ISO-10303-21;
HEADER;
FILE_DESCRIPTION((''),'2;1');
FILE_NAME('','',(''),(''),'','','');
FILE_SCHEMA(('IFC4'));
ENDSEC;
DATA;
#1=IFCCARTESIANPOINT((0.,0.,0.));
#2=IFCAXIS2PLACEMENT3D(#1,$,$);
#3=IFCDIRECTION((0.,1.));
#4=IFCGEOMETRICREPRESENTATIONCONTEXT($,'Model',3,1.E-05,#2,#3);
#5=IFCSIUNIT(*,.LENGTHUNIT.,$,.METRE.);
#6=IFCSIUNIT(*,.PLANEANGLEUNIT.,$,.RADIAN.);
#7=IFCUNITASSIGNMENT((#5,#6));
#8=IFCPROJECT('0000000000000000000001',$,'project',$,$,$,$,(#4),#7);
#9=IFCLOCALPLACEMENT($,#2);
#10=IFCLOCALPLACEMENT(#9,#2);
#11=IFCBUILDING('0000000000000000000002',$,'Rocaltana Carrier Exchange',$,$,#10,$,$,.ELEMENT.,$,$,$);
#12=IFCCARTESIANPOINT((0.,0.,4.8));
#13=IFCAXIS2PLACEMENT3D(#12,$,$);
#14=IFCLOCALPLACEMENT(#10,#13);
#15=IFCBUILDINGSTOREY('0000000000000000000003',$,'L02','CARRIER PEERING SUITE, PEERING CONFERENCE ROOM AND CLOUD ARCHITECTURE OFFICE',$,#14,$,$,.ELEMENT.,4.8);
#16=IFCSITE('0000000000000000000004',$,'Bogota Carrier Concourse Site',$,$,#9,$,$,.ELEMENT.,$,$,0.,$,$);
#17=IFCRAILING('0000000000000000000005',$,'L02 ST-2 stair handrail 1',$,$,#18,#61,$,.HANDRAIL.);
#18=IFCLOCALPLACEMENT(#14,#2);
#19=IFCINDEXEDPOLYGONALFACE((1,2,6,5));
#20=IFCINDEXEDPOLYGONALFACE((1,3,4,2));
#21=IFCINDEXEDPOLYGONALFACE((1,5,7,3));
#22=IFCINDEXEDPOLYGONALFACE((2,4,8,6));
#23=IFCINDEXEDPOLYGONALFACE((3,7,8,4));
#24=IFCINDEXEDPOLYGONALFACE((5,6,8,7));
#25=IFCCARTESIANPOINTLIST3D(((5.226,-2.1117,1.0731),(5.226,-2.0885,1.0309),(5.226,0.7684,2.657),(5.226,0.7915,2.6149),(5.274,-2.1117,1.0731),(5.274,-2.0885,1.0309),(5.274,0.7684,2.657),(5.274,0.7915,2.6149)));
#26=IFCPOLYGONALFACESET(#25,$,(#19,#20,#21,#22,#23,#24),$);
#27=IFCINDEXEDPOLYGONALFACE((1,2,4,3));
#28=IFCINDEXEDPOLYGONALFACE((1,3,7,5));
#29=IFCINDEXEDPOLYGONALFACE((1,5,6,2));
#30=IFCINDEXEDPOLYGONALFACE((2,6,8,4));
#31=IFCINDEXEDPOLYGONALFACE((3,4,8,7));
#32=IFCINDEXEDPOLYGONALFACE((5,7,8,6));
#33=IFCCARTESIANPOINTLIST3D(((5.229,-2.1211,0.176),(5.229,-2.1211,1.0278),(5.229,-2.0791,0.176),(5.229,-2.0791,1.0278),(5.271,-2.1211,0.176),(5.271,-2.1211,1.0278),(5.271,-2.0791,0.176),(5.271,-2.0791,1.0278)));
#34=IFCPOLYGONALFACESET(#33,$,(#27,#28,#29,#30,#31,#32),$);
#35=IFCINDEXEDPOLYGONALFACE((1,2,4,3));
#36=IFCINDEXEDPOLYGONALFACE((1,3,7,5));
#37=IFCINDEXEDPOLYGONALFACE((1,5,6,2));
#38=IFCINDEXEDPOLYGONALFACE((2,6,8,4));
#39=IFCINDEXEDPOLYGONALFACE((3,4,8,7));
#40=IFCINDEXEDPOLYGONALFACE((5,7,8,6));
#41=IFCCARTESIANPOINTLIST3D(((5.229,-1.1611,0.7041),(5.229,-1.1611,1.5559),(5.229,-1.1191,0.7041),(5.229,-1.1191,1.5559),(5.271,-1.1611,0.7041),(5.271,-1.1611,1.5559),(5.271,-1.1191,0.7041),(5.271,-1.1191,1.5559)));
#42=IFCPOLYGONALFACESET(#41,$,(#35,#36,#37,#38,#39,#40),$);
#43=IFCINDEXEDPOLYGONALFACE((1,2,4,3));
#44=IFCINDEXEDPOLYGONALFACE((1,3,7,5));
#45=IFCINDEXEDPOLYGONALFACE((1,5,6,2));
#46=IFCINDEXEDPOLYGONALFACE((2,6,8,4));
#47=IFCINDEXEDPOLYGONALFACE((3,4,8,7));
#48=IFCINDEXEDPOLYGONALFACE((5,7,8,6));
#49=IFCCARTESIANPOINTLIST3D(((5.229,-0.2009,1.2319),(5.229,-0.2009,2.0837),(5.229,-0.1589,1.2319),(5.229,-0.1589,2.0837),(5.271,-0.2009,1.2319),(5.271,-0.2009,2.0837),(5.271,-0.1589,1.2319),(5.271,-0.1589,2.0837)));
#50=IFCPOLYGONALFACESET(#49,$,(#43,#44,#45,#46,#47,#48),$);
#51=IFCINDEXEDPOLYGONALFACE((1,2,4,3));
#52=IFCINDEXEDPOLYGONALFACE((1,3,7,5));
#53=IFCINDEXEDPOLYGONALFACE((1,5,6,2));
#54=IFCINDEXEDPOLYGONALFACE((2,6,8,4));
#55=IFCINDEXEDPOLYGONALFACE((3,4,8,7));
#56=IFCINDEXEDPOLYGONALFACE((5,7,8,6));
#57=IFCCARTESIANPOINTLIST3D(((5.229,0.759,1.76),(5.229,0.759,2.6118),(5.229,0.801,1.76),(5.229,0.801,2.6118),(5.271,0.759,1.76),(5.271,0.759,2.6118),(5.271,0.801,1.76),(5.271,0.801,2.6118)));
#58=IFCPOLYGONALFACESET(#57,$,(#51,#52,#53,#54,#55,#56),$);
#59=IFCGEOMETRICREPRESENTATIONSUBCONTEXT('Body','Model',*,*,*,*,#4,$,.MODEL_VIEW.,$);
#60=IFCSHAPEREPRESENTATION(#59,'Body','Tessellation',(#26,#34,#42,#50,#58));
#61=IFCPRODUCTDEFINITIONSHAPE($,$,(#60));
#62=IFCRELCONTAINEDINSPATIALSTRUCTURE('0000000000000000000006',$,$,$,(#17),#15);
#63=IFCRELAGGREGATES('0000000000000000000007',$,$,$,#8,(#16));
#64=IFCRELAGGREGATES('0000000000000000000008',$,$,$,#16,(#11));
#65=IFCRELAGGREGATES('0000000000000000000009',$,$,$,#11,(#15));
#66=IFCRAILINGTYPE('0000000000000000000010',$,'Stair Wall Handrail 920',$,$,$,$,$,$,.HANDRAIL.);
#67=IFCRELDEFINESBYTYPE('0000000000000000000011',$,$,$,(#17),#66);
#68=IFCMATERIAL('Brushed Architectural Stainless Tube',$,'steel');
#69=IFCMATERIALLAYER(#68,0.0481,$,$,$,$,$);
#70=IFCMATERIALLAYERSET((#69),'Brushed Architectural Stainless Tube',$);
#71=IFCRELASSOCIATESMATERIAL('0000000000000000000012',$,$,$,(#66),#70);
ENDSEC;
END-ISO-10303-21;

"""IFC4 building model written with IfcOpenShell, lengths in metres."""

from ifc_helpers import new_model, si_unit, direction, frame, origin, origin_2d, place, context, subcontext, project, spatial, rectangle, extrude, material, layer, layer_set, type_object, element, save


model = new_model("IFC4")

# Units and contexts
model_context = context("Model", 3, precision=1e-05, world=origin(), true_north=direction((0.0, 1.0)))
body_context = subcontext(model_context, "Body", "Model", "MODEL_VIEW")
ifc_project = project(units=[si_unit("LENGTHUNIT", "METRE"), si_unit("PLANEANGLEUNIT", "RADIAN")], contexts=[model_context])

# Site, building, storey
site_placement = place(None, origin())
site = spatial("IfcSite", under=ifc_project, at=site_placement, Name="Bogota Carrier Concourse Site", CompositionType="ELEMENT", RefElevation=0.0)
building_placement = place(site_placement, origin())
building = spatial("IfcBuilding", under=site, at=building_placement, Name="Rocaltana Carrier Exchange", CompositionType="ELEMENT")
storey_placement = place(building_placement, frame((0.0, 0.0, 4.8)))
storey = spatial("IfcBuildingStorey", under=building, at=storey_placement, Name="L02", Description="CARRIER PEERING SUITE, PEERING CONFERENCE ROOM AND CLOUD ARCHITECTURE OFFICE", CompositionType="ELEMENT", Elevation=4.8)

# Railing
ifc_material_1 = material(Name="Brushed Architectural Stainless Tube", Category="steel")
ifc_layer_1 = layer(ifc_material_1, 0.0481)
ifc_layer_set_1 = layer_set([ifc_layer_1], Name="Brushed Architectural Stainless Tube")
railing_type = type_object("IfcRailingType", Name="Stair Wall Handrail 920", PredefinedType="HANDRAIL", material=ifc_layer_set_1)
railing_placement = place(storey_placement, frame((5.25, -2.1001, 0.176)))
element("IfcRailing", 1, at=railing_placement, inside=storey, type_object=railing_type, Name="L02 ST-2 stair handrail 1", PredefinedType="HANDRAIL", context=body_context, shape_type="SweptSolid", body=[
    extrude(rectangle(XDim=0.0481, YDim=0.0481, at=origin_2d()), frame((0.0, 0.0, 0.876), z_axis=(0.0, 0.876227, 0.481899), x_axis=(-1.0, 0.0, 0.0)), (0.0, 0.0, 1.0), 3.2869),
    extrude(rectangle(XDim=0.042, YDim=0.042, at=origin_2d()), origin(), (0.0, 0.0, 1.0), 0.8518),
    extrude(rectangle(XDim=0.042, YDim=0.042, at=origin_2d()), frame((0.0, 0.96, 0.5281)), (0.0, 0.0, 1.0), 0.8518),
    extrude(rectangle(XDim=0.042, YDim=0.042, at=origin_2d()), frame((0.0, 1.9202, 1.0559)), (0.0, 0.0, 1.0), 0.8518),
    extrude(rectangle(XDim=0.042, YDim=0.042, at=origin_2d()), frame((0.0, 2.8801, 1.584)), (0.0, 0.0, 1.0), 0.8518),
])

save(model, "model.ifc")
